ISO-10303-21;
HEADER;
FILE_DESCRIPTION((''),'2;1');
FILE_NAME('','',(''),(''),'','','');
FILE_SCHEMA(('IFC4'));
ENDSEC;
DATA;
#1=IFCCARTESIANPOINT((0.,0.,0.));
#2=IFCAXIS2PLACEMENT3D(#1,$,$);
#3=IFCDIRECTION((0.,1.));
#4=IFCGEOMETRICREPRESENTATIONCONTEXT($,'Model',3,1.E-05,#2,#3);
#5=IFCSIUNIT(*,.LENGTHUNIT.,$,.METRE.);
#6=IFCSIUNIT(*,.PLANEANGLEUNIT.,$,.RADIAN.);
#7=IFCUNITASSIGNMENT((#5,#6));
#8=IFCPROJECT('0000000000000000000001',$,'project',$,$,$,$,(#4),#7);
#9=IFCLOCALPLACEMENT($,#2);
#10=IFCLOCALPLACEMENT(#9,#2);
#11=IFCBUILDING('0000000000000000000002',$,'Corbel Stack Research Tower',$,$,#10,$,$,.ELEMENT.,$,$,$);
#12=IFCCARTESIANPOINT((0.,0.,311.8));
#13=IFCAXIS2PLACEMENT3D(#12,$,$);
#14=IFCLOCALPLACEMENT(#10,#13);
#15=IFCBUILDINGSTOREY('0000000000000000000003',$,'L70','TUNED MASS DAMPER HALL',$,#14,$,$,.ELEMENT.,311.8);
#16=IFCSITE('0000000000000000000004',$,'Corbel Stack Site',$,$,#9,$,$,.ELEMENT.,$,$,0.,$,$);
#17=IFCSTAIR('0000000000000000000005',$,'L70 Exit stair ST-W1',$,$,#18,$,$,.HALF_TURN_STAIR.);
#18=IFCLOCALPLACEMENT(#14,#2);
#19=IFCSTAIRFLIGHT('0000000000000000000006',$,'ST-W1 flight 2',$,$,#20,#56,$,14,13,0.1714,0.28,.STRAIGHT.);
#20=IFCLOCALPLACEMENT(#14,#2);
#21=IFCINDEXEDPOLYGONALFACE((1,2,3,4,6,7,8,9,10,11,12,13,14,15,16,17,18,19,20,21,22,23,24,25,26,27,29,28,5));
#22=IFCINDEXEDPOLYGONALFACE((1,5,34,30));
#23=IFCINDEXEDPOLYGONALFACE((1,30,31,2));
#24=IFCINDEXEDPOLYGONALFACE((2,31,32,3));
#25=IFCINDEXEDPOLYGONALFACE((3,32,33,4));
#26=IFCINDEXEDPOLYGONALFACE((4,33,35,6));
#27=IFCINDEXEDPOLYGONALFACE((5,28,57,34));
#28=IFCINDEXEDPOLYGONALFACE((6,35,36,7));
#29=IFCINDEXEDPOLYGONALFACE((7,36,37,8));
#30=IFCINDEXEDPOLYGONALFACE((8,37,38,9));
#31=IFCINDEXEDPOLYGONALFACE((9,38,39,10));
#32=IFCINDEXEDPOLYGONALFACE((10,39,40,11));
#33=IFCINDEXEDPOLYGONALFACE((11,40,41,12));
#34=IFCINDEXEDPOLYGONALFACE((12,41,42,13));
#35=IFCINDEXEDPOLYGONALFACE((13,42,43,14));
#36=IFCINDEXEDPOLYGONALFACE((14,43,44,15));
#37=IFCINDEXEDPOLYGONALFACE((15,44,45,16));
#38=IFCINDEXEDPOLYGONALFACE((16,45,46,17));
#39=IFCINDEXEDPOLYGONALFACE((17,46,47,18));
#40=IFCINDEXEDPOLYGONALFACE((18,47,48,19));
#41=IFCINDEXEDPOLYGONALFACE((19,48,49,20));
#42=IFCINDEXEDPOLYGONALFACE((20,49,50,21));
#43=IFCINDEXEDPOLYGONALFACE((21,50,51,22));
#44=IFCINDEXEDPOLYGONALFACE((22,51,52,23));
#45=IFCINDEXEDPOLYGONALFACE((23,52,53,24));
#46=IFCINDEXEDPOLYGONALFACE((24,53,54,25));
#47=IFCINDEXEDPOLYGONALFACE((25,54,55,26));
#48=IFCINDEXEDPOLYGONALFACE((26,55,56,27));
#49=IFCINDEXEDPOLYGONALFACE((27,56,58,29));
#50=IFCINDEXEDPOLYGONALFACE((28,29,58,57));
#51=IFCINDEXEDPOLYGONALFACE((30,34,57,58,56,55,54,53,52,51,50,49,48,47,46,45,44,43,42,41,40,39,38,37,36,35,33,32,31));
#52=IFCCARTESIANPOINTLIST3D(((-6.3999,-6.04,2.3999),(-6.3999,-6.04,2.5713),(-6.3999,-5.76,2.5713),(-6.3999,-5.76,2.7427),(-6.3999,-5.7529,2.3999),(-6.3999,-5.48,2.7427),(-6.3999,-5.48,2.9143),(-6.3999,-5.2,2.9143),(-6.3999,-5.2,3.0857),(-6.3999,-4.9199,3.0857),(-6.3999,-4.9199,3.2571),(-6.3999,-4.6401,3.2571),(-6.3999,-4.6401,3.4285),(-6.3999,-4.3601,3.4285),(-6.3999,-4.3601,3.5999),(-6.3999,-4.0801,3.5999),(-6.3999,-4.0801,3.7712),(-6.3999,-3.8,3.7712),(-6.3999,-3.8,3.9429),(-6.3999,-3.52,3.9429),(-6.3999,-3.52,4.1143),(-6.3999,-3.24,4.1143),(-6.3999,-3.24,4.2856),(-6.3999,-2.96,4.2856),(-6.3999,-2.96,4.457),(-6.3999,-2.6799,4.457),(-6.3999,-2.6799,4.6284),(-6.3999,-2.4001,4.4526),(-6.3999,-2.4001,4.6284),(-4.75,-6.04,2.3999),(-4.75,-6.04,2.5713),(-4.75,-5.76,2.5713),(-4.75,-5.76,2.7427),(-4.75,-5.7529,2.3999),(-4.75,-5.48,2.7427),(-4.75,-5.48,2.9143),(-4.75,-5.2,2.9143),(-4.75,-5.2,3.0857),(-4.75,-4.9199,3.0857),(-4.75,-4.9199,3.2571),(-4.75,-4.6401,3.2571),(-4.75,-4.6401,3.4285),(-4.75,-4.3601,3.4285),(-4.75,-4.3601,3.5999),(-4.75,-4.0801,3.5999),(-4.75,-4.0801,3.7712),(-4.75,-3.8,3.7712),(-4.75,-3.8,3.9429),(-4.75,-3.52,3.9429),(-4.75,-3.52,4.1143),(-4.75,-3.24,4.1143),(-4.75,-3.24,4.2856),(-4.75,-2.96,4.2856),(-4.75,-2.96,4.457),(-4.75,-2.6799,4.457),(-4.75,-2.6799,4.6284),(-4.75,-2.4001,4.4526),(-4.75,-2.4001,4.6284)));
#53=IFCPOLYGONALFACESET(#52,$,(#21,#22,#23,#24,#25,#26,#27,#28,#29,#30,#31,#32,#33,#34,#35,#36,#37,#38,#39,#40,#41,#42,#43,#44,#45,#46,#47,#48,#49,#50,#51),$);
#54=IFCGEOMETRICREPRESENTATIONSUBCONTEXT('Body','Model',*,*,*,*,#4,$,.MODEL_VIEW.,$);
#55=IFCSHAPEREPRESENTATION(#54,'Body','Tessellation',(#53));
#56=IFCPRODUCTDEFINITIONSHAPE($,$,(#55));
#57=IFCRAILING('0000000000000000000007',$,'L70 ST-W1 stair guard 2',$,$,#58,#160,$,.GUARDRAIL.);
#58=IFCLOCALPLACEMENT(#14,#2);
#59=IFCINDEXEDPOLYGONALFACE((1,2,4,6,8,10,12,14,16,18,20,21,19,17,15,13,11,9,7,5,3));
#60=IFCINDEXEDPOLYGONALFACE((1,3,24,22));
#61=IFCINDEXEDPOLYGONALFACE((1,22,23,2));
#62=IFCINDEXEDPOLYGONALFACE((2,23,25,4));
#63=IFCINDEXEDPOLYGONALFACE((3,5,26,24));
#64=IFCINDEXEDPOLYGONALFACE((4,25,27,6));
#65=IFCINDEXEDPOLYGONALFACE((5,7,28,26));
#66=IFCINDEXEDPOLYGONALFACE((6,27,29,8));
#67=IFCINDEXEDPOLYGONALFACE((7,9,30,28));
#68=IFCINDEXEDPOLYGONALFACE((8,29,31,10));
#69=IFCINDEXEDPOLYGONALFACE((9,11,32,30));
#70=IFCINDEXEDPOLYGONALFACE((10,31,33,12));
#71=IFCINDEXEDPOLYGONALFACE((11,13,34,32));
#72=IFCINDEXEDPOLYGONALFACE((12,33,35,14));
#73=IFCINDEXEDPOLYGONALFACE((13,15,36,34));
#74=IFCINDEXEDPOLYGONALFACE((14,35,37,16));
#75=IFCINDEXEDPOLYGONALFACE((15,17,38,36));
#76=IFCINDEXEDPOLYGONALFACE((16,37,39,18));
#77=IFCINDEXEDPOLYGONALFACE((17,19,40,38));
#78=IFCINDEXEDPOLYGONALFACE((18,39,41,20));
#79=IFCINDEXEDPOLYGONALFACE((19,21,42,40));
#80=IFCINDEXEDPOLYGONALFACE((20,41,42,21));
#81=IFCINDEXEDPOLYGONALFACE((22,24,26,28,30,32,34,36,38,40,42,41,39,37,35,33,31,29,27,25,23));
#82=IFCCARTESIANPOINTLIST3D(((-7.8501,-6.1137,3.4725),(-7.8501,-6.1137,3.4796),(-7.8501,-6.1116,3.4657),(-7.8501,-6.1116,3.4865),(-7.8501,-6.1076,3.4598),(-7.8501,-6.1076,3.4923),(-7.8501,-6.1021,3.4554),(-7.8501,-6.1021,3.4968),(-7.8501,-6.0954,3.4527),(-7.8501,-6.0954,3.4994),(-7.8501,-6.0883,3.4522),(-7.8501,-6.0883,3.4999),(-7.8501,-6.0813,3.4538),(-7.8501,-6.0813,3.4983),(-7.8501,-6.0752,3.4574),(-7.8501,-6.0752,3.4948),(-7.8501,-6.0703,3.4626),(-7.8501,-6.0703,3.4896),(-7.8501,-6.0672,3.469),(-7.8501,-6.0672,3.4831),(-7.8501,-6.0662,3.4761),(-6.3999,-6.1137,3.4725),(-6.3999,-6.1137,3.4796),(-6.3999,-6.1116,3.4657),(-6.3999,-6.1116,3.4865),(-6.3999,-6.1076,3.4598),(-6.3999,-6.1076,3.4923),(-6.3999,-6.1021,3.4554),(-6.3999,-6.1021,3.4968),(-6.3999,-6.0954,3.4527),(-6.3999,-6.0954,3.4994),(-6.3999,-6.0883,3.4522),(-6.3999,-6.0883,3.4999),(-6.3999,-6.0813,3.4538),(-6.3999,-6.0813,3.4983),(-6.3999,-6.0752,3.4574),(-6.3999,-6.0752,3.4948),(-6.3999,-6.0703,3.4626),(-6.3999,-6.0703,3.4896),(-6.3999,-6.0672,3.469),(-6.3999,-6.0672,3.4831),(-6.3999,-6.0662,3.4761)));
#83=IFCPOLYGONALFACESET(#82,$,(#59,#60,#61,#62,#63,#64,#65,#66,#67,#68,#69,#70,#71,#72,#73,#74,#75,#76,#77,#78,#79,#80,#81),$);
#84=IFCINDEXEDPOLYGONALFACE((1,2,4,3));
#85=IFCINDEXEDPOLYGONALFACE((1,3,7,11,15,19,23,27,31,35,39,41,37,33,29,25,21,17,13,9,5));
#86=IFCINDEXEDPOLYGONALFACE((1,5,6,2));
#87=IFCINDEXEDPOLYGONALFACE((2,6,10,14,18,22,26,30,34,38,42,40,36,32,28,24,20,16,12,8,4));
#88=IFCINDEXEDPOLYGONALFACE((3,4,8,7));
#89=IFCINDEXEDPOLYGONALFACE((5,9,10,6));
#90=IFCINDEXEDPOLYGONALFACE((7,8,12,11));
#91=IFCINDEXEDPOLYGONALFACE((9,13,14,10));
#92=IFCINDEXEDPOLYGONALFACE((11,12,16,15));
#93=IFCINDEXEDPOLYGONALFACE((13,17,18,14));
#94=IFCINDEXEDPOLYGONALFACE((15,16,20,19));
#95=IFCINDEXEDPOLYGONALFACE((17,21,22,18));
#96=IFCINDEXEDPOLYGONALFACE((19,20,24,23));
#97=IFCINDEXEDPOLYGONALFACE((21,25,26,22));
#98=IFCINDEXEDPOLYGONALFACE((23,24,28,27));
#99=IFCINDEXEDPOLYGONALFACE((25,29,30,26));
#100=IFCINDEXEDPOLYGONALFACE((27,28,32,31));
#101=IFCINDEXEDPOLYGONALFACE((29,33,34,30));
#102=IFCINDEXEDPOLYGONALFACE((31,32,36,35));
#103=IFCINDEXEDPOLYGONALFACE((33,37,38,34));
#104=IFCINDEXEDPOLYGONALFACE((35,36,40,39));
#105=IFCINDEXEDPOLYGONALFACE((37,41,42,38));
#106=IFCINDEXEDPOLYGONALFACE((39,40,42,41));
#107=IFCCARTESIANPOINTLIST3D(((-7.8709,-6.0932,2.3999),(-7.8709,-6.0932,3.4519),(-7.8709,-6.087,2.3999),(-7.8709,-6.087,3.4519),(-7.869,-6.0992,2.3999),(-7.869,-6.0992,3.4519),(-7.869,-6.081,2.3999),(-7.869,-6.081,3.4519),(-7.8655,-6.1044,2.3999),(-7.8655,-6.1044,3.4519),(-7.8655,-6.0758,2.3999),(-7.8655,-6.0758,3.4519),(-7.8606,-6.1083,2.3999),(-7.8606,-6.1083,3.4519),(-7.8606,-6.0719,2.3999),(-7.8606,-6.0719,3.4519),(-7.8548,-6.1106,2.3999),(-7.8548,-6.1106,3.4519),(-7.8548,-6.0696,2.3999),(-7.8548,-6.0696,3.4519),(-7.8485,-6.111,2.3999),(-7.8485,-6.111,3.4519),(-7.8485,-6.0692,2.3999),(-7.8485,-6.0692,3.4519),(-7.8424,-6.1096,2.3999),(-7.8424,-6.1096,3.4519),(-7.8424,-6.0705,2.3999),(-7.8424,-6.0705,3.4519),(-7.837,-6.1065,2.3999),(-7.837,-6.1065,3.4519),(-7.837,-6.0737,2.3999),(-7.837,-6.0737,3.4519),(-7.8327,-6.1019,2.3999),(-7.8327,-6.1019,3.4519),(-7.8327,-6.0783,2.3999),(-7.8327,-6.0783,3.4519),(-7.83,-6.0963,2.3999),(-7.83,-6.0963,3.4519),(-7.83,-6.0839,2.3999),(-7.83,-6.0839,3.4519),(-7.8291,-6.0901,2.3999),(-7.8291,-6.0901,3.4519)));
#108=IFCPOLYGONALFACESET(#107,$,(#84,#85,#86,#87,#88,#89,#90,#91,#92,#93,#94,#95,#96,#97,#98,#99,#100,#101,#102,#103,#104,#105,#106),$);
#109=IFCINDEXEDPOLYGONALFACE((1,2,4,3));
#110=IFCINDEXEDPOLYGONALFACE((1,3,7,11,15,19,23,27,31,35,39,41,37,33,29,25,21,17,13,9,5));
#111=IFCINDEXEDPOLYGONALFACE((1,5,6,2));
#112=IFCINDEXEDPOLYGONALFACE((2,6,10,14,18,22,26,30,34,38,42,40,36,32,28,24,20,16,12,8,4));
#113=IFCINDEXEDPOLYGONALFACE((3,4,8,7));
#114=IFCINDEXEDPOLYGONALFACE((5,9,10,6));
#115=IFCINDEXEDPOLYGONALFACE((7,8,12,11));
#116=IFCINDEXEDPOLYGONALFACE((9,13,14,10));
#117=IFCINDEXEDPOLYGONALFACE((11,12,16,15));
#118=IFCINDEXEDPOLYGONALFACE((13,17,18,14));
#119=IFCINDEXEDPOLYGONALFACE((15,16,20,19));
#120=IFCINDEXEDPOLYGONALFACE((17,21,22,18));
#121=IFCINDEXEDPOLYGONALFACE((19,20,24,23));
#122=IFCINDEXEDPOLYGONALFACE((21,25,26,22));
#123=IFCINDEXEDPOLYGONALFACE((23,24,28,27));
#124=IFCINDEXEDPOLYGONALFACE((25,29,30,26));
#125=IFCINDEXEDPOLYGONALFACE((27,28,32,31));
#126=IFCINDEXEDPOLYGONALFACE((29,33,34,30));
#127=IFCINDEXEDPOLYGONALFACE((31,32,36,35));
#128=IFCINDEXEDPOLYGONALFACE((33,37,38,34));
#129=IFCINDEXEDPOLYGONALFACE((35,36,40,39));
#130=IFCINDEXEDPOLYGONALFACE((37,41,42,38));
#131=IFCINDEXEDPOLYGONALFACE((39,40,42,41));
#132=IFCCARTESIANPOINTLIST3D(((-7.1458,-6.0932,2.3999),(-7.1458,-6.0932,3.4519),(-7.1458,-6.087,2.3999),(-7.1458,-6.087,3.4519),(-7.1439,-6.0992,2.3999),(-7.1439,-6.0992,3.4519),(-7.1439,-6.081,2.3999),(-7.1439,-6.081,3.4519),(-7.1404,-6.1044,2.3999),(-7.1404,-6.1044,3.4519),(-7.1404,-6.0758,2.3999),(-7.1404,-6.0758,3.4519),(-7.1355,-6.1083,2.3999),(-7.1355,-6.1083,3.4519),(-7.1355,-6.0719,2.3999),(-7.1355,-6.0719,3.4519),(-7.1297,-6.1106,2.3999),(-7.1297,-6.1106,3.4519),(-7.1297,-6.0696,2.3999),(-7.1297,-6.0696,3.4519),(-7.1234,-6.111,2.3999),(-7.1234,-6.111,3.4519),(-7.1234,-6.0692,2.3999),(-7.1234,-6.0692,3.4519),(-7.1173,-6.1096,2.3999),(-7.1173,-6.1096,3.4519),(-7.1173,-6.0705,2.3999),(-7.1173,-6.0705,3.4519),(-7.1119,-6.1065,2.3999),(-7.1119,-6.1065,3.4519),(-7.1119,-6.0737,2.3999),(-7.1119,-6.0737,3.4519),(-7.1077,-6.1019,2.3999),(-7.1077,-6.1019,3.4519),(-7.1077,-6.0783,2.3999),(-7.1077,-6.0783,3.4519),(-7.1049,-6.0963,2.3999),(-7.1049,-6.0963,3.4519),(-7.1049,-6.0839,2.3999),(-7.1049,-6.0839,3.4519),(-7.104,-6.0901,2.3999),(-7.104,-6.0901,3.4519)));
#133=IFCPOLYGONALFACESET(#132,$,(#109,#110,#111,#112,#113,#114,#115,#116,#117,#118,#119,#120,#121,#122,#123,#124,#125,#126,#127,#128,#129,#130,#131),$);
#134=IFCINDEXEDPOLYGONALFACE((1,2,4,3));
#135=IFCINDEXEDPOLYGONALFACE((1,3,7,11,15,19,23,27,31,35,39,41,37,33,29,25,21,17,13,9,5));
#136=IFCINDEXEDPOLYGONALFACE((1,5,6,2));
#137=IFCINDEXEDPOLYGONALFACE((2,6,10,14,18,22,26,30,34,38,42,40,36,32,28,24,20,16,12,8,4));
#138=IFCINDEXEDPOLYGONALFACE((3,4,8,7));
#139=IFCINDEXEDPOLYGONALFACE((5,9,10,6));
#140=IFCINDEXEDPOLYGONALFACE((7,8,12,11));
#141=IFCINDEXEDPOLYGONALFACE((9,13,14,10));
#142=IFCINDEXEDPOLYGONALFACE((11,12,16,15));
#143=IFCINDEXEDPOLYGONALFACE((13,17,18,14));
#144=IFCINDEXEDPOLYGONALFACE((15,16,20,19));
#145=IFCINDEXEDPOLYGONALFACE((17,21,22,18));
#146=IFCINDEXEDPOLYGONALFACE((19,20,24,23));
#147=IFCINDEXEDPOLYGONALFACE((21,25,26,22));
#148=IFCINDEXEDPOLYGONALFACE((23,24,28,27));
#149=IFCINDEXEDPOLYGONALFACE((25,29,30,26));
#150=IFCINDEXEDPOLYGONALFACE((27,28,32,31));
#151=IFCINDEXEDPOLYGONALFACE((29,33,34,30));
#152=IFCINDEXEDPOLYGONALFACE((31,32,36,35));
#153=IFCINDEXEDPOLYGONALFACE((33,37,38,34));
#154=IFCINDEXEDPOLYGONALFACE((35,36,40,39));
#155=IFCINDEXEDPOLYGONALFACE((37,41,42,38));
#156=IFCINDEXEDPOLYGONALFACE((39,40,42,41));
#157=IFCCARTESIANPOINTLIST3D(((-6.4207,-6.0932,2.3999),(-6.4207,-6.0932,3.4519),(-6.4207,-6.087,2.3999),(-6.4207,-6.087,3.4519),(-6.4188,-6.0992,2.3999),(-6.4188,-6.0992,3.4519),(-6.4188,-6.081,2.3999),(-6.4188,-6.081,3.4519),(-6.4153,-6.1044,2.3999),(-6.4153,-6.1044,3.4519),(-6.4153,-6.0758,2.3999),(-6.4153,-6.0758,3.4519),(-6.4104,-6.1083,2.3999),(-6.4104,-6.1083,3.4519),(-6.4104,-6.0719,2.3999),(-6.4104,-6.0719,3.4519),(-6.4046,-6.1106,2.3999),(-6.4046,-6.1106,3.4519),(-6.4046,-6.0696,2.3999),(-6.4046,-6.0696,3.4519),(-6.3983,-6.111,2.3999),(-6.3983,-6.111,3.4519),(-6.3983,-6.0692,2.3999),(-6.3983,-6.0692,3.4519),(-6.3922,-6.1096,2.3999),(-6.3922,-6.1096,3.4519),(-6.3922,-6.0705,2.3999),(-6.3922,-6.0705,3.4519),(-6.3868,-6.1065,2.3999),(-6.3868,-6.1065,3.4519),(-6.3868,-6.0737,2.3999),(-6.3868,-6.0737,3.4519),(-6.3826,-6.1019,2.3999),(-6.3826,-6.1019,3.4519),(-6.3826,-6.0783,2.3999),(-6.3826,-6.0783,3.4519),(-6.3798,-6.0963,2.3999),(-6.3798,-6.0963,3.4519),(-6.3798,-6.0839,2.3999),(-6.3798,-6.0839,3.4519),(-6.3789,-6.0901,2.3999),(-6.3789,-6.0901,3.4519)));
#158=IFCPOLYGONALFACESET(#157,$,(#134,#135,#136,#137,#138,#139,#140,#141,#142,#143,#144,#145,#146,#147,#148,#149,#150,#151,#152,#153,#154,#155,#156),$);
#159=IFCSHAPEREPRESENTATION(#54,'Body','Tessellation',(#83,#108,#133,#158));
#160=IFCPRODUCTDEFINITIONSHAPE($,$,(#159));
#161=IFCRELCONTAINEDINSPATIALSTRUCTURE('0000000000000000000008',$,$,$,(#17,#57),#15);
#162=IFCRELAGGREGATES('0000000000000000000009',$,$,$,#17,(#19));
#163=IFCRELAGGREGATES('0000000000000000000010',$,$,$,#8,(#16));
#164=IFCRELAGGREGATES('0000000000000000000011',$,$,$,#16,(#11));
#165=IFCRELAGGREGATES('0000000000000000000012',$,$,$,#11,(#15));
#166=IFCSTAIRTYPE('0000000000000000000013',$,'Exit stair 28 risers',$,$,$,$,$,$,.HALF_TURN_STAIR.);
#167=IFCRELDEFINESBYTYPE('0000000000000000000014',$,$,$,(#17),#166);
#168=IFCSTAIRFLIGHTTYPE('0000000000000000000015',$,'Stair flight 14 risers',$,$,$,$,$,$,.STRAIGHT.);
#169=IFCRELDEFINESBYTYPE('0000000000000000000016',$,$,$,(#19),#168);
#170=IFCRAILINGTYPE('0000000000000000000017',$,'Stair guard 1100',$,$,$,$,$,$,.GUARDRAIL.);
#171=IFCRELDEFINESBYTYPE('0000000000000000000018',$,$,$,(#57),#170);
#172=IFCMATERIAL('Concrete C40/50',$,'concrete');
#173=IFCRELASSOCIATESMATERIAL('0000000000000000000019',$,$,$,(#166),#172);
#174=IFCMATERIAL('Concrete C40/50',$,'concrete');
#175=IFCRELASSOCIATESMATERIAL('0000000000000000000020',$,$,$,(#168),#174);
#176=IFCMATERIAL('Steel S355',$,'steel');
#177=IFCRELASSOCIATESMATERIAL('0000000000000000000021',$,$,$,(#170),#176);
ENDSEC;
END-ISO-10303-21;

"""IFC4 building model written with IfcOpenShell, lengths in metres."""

from ifc_helpers import new_model, si_unit, direction, frame, origin, origin_2d, place, context, subcontext, project, spatial, polyline, circle, outline, extrude, material, type_object, element, aggregate, save


model = new_model("IFC4")

# Units and contexts
model_context = context("Model", 3, precision=1e-05, world=origin(), true_north=direction((0.0, 1.0)))
body_context = subcontext(model_context, "Body", "Model", "MODEL_VIEW")
ifc_project = project(units=[si_unit("LENGTHUNIT", "METRE"), si_unit("PLANEANGLEUNIT", "RADIAN")], contexts=[model_context])

# Site, building, storey
site_placement = place(None, origin())
site = spatial("IfcSite", under=ifc_project, at=site_placement, Name="Corbel Stack Site", CompositionType="ELEMENT", RefElevation=0.0)
building_placement = place(site_placement, origin())
building = spatial("IfcBuilding", under=site, at=building_placement, Name="Corbel Stack Research Tower", CompositionType="ELEMENT")
storey_placement = place(building_placement, frame((0.0, 0.0, 311.8)))
storey = spatial("IfcBuildingStorey", under=building, at=storey_placement, Name="L70", Description="TUNED MASS DAMPER HALL", CompositionType="ELEMENT", Elevation=311.8)

# Stair, stair flight
ifc_material_1 = material(Name="Concrete C40/50", Category="concrete")
stair_type = type_object("IfcStairType", Name="Exit stair 28 risers", PredefinedType="HALF_TURN_STAIR", material=ifc_material_1)
stair_placement = place(storey_placement, origin())
stair = element("IfcStair", 1, at=stair_placement, inside=storey, type_object=stair_type, Name="L70 Exit stair ST-W1", PredefinedType="HALF_TURN_STAIR")
ifc_material_2 = material(Name="Concrete C40/50", Category="concrete")
stair_flight_type = type_object("IfcStairFlightType", Name="Stair flight 14 risers", PredefinedType="STRAIGHT", material=ifc_material_2)
stair_flight_placement = place(storey_placement, frame((-5.575, -6.04, 2.3999), z_axis=(0.0, 0.0, 1.0), x_axis=(0.0, 1.0, 0.0)))
stair_flight = element("IfcStairFlight", 2, at=stair_flight_placement, type_object=stair_flight_type, Name="ST-W1 flight 2", NumberOfRisers=14, NumberOfTreads=13, PredefinedType="STRAIGHT", RiserHeight=0.1714, TreadLength=0.28, context=body_context, shape_type="SweptSolid", body=[
    extrude(outline(polyline([(0.0, 0.0), (0.0, 0.1714), (0.28, 0.1714), (0.28, 0.3428), (0.5601, 0.3428), (0.5601, 0.5144), (0.8401, 0.5144), (0.8401, 0.6858), (1.1201, 0.6858), (1.1201, 0.8572), (1.3999, 0.8572), (1.3999, 1.0286), (1.6799, 1.0286), (1.6799, 1.2), (1.96, 1.2), (1.96, 1.3713), (2.24, 1.3713), (2.24, 1.543), (2.52, 1.543), (2.52, 1.7144), (2.8, 1.7144), (2.8, 1.8857), (3.0801, 1.8857), (3.0801, 2.0571), (3.3601, 2.0571), (3.3601, 2.2285), (3.6399, 2.2285), (3.6399, 2.3999), (3.6399, 2.0527), (0.2871, 0.0), (0.0, 0.0)])), frame((0.0, 0.825, 0.0), z_axis=(0.0, -1.0, 0.0), x_axis=(1.0, 0.0, 0.0)), (0.0, 0.0, 1.0), 1.6499),
])
aggregate(stair, [stair_flight])

# Railing
ifc_material_3 = material(Name="Steel S355", Category="steel")
railing_type_1 = type_object("IfcRailingType", Name="Stair guard 1100", PredefinedType="GUARDRAIL", material=ifc_material_3)
railing_1_placement = place(storey_placement, frame((-7.8501, -6.0901, 2.3999)))
element("IfcRailing", 3, at=railing_1_placement, inside=storey, type_object=railing_type_1, Name="L70 ST-W1 stair guard 2", PredefinedType="GUARDRAIL", context=body_context, shape_type="SweptSolid", body=[
    extrude(circle(Radius=0.0239, at=origin_2d()), frame((0.0, 0.0, 1.0762), z_axis=(1.0, 0.0, 0.0), x_axis=(0.0, 1.0, 0.0)), (0.0, 0.0, 1.0), 1.4502),
    extrude(circle(Radius=0.021, at=origin_2d()), origin(), (0.0, 0.0, 1.0), 1.052),
    extrude(circle(Radius=0.021, at=origin_2d()), frame((0.7251, 0.0, 0.0)), (0.0, 0.0, 1.0), 1.052),
    extrude(circle(Radius=0.021, at=origin_2d()), frame((1.4502, 0.0, 0.0)), (0.0, 0.0, 1.0), 1.052),
])

save(model, "model.ifc")
